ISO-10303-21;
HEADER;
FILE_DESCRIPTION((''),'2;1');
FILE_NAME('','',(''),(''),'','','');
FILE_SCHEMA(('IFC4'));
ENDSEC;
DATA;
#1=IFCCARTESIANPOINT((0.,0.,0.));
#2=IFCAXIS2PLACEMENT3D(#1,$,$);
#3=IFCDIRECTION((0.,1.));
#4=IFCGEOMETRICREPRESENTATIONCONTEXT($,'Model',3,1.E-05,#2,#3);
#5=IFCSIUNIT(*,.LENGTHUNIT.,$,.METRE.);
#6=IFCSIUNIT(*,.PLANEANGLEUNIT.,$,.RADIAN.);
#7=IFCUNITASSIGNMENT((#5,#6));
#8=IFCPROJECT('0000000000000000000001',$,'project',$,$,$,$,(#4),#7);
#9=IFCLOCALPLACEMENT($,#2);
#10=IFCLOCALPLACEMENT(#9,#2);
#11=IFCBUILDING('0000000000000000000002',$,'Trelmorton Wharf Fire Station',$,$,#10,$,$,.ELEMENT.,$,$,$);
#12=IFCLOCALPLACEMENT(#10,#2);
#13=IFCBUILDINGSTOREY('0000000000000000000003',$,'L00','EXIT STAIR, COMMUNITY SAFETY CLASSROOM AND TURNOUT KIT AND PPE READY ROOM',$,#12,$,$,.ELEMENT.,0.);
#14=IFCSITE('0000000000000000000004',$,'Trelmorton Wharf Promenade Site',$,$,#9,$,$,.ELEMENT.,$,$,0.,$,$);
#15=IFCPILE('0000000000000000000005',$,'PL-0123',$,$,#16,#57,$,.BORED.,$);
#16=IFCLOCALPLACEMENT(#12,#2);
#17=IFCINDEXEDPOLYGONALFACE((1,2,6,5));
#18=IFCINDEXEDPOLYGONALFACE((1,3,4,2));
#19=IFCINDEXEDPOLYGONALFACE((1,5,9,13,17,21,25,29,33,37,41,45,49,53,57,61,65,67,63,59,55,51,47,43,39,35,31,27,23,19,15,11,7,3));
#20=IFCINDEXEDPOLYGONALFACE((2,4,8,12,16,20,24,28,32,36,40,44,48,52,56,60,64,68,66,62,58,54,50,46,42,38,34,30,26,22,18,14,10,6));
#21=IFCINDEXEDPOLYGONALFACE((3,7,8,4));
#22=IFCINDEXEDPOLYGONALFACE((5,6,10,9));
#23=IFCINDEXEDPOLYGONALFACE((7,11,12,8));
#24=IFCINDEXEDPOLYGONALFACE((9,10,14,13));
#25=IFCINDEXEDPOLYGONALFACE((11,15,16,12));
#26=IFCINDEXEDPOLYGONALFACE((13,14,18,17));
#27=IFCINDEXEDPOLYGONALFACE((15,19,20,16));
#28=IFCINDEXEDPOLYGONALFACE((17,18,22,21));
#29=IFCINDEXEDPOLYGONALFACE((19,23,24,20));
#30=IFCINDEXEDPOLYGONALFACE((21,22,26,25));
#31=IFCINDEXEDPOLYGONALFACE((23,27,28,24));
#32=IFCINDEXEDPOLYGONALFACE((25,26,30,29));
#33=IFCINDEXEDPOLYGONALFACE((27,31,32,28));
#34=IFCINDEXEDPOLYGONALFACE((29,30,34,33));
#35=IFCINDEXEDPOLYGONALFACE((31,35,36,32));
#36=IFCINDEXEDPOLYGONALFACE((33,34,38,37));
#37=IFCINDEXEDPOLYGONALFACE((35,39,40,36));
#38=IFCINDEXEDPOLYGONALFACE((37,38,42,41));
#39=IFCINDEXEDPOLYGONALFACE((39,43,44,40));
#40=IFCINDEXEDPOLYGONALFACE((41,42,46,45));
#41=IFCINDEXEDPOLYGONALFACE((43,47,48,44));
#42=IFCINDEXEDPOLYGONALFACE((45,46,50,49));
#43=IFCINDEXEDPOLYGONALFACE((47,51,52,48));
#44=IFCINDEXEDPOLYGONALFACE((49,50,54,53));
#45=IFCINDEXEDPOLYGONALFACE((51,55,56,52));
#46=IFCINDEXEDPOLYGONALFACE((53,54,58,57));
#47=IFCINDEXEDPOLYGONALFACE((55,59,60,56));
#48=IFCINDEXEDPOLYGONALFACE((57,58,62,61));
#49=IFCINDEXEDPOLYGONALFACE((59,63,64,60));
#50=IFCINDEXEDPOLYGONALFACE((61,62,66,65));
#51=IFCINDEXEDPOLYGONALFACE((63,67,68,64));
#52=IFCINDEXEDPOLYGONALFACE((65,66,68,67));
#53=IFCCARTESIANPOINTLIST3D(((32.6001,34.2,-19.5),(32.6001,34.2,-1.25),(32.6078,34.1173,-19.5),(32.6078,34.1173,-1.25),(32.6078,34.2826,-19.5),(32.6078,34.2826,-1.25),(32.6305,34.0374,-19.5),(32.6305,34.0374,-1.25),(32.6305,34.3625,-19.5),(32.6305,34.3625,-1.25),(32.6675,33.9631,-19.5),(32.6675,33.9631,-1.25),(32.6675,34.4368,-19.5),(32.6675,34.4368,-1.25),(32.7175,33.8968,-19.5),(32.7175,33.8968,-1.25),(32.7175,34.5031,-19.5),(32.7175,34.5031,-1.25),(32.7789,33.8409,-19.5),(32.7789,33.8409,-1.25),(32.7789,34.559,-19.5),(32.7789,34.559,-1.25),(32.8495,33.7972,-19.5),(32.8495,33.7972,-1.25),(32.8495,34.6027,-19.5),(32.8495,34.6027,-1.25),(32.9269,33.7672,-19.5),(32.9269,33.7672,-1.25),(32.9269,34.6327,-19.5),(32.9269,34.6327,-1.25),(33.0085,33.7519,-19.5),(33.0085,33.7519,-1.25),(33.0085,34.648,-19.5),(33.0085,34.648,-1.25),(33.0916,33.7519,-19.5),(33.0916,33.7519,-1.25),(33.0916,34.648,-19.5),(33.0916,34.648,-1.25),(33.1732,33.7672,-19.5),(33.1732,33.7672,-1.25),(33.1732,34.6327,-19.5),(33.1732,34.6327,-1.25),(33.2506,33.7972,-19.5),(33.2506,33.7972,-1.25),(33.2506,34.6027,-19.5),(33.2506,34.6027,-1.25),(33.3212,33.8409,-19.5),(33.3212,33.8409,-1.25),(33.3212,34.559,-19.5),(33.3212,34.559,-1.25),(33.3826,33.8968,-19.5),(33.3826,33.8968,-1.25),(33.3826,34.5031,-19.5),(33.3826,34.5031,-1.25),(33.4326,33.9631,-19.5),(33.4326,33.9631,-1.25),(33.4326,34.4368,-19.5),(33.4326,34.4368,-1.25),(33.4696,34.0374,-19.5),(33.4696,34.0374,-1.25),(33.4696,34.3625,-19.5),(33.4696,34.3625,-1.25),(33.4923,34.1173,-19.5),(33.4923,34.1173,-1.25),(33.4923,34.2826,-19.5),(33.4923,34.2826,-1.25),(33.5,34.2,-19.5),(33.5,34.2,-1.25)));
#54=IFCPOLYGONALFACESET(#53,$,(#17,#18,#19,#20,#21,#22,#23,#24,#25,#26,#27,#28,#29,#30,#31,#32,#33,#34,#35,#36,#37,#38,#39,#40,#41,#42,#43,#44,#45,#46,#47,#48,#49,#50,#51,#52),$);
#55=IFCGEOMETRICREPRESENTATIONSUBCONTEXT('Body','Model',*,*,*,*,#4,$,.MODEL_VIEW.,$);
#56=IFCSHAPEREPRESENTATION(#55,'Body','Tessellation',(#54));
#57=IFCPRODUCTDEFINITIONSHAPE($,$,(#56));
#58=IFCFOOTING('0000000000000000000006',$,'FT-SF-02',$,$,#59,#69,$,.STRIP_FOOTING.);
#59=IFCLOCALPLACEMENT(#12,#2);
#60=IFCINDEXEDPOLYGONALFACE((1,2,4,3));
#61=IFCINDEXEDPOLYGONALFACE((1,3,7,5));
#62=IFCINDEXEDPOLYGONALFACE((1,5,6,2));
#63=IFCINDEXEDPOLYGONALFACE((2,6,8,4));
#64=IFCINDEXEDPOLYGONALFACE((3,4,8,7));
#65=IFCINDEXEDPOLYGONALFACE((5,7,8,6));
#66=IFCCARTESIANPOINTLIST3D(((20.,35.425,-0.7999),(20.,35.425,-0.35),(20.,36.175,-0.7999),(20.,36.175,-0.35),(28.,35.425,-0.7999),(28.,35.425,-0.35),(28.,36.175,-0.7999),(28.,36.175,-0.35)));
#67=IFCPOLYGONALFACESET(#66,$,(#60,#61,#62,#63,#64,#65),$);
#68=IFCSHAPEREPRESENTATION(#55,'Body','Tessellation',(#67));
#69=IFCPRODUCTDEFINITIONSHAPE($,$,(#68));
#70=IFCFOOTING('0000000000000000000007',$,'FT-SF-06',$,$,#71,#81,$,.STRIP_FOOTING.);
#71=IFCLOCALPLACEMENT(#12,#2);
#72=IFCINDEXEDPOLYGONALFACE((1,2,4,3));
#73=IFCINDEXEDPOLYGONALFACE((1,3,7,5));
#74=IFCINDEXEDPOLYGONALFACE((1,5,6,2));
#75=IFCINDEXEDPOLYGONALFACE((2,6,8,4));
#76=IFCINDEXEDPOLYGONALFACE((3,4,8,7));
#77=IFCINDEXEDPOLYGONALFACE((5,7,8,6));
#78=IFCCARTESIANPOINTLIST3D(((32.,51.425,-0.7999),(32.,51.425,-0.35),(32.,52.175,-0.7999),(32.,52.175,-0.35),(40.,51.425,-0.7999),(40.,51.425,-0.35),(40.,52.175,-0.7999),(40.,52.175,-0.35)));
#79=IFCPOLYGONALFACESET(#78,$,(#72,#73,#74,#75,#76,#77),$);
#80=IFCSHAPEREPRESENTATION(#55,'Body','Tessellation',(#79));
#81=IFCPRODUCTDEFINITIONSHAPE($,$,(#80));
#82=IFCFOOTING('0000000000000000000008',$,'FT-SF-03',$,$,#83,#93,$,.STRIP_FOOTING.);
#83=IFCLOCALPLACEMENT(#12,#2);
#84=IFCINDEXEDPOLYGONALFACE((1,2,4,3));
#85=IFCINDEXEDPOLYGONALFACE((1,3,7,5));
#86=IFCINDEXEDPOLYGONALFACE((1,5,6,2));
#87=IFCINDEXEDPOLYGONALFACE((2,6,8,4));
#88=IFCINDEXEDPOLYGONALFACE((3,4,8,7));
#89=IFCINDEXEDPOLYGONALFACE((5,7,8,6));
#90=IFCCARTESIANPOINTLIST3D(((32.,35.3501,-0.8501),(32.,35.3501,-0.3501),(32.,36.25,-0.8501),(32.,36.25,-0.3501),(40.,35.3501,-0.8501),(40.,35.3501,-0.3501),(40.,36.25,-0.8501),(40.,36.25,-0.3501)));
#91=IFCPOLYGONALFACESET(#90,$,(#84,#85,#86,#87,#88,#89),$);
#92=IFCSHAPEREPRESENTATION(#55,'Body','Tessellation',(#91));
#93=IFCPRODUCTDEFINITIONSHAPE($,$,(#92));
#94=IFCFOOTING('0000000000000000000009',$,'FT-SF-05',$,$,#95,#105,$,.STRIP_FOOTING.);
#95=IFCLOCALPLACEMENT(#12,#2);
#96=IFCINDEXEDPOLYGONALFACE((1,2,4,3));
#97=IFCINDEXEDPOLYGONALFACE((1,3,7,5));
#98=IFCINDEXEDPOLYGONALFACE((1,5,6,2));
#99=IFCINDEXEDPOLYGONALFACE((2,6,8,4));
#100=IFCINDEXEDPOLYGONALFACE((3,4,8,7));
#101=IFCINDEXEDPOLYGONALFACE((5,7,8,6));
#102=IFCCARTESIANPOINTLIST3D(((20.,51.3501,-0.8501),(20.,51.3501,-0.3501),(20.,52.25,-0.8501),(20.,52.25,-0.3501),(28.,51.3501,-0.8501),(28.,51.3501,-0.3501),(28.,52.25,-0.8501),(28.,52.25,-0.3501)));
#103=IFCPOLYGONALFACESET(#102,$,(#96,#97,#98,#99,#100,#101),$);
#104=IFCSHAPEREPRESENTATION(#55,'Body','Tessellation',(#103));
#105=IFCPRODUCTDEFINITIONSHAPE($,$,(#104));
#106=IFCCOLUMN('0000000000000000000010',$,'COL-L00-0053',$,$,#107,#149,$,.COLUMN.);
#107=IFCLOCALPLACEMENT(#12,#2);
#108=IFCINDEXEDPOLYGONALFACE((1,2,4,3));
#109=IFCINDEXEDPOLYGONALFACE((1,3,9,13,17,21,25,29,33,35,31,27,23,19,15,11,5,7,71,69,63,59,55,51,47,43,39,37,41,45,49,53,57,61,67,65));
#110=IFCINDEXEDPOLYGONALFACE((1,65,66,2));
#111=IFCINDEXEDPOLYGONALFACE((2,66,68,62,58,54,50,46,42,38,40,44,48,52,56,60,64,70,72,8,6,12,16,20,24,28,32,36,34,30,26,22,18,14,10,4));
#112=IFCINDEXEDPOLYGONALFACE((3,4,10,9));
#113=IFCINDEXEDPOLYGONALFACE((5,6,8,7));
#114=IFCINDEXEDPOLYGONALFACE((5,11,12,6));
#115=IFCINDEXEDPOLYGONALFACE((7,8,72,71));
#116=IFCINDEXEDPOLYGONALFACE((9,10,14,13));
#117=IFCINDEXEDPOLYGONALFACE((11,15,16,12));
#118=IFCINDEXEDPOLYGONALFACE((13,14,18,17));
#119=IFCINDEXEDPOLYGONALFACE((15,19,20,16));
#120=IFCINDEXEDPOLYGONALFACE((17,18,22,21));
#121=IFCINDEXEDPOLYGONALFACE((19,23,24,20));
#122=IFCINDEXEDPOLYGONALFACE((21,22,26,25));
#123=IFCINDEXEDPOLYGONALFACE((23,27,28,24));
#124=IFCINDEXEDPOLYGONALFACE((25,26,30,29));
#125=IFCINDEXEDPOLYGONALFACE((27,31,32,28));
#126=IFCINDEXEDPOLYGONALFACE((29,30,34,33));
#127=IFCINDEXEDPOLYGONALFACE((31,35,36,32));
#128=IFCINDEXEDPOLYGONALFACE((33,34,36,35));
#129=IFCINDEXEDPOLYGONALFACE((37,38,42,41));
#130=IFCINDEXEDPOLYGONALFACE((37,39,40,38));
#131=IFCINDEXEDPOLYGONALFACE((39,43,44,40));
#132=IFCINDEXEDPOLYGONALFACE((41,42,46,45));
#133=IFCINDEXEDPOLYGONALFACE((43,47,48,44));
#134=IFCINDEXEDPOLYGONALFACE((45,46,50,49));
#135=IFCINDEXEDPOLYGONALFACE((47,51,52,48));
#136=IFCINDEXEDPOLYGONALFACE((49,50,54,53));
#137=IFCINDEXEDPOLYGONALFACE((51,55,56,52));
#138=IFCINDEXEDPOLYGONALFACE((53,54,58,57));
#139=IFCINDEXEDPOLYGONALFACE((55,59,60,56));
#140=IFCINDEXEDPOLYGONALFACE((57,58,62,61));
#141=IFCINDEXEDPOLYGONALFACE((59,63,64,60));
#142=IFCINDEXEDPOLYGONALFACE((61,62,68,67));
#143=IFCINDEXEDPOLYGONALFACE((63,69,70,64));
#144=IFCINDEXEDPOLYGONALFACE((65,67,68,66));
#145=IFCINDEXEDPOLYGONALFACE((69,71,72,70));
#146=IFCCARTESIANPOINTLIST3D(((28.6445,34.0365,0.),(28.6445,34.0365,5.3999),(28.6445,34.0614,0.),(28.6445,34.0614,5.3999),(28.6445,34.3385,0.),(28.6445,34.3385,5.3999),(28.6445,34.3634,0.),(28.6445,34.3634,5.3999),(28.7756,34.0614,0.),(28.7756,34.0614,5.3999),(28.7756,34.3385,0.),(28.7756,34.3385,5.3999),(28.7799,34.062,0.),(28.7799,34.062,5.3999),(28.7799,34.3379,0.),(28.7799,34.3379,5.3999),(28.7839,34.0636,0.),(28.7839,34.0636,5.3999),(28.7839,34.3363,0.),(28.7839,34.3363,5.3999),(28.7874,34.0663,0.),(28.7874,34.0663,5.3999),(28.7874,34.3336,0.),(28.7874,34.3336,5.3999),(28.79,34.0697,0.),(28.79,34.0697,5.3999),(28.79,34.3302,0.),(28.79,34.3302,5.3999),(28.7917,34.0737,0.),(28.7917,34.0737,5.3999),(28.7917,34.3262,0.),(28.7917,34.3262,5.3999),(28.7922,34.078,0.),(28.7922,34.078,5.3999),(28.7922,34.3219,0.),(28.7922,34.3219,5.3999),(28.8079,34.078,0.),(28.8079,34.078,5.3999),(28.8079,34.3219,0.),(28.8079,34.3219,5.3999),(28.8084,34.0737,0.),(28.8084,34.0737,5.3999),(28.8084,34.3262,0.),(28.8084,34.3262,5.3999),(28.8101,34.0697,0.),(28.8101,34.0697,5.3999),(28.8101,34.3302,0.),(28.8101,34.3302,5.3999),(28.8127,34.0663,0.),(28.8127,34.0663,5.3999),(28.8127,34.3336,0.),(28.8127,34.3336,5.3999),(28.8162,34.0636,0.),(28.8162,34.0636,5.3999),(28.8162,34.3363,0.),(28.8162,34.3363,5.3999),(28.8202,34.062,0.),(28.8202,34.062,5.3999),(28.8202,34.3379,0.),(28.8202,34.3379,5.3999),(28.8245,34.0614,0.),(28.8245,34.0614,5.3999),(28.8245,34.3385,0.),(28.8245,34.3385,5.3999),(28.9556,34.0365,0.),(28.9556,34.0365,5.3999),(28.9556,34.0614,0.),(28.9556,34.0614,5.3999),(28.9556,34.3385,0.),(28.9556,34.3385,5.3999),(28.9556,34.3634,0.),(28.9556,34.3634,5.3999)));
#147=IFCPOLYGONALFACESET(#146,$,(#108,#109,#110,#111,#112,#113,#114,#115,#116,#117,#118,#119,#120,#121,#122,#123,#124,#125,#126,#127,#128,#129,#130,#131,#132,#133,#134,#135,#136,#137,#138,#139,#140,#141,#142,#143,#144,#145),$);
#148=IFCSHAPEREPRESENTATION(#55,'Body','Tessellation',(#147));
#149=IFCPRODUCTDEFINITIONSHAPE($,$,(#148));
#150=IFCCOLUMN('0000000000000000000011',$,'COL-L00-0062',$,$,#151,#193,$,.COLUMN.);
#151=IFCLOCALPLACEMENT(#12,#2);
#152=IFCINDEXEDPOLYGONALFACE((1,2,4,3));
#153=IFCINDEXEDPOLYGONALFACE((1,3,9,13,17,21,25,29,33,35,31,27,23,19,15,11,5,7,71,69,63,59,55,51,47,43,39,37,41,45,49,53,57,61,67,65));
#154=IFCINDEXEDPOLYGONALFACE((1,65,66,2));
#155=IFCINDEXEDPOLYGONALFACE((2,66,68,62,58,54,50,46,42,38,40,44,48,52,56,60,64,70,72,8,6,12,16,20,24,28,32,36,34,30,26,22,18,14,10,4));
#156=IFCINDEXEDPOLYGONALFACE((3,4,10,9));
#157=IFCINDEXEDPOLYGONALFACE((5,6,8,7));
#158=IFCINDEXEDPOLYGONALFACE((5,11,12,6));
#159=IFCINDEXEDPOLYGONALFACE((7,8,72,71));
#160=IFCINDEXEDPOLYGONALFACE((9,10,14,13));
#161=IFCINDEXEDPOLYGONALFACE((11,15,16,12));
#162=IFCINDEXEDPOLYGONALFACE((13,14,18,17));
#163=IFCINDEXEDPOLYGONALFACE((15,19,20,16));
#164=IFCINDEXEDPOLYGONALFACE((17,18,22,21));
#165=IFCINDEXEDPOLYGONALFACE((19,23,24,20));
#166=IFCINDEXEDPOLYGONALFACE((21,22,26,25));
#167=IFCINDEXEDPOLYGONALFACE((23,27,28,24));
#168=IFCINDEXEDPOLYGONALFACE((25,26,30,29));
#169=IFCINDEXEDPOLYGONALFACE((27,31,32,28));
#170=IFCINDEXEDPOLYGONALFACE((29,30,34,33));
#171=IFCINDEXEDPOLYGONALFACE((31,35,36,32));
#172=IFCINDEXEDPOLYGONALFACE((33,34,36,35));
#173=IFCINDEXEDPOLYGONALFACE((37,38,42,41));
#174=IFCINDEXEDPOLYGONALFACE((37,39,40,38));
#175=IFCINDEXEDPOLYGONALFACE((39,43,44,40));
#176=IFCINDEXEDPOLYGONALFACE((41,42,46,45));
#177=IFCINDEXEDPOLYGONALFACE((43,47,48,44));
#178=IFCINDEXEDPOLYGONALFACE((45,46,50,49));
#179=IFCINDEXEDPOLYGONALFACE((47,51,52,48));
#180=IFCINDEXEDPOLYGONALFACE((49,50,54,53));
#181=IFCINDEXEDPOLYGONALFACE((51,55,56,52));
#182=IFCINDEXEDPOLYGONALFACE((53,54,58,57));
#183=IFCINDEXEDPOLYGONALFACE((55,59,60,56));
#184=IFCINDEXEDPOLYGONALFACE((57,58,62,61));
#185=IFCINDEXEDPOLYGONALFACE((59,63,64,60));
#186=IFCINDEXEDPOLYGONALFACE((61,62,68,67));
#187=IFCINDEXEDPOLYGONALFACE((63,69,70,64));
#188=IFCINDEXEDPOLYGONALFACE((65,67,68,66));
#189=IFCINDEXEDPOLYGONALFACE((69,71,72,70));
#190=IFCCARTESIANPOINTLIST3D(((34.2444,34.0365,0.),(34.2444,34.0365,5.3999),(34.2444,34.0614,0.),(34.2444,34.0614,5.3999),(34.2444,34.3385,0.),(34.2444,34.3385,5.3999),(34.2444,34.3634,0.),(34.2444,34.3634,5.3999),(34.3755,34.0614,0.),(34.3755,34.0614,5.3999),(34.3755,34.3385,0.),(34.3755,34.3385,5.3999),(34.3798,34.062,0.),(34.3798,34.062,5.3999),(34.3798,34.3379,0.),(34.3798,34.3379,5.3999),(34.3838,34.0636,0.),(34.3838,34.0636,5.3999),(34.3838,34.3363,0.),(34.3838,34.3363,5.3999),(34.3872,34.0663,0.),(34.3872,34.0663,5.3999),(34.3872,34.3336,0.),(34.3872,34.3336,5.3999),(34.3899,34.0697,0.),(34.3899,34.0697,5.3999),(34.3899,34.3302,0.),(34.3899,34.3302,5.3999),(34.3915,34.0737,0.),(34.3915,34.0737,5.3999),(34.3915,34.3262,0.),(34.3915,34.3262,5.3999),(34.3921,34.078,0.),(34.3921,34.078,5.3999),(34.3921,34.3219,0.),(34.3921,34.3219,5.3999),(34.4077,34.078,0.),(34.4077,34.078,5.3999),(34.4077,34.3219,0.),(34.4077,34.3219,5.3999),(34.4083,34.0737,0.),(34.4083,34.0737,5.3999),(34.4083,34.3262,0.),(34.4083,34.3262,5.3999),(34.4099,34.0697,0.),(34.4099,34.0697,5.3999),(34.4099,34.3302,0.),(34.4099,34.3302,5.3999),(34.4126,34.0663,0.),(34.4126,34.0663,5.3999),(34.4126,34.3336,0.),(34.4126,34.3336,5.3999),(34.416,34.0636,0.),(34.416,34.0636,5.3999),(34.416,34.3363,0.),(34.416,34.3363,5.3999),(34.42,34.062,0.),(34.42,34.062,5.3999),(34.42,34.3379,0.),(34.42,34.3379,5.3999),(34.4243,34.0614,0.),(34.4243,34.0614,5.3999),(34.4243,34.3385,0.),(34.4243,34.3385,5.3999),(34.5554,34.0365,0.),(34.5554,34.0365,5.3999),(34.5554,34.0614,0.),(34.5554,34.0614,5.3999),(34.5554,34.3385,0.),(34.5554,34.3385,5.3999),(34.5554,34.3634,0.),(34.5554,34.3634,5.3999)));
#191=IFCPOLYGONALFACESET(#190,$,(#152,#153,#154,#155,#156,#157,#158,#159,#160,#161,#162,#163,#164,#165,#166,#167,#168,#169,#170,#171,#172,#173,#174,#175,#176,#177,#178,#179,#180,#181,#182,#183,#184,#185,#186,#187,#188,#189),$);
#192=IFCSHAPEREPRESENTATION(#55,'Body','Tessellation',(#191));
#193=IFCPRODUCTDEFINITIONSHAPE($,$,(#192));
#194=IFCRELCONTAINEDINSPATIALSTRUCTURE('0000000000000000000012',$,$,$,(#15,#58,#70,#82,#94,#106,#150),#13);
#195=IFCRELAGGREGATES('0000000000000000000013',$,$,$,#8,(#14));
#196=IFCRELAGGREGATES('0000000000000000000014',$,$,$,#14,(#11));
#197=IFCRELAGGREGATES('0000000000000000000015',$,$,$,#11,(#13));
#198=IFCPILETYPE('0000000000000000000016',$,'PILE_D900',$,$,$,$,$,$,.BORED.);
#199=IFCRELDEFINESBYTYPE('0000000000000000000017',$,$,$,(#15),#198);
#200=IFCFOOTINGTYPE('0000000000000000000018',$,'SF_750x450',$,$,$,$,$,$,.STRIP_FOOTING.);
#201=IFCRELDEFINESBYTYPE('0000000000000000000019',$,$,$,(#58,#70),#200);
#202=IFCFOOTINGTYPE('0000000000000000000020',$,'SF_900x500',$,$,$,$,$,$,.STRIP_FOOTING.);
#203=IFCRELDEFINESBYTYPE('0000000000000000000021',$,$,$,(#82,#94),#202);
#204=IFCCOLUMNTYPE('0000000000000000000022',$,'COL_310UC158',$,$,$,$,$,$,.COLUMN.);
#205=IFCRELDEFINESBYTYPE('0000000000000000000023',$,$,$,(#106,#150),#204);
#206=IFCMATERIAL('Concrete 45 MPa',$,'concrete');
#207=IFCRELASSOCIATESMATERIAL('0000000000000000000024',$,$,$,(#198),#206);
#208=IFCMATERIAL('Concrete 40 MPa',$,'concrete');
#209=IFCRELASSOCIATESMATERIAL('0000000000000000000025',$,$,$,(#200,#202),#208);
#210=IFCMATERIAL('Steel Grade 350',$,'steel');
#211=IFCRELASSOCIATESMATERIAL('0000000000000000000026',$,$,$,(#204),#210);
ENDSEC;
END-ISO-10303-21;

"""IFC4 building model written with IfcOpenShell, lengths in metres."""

from ifc_helpers import new_model, si_unit, direction, frame, origin, origin_2d, place, context, subcontext, project, spatial, rectangle, circle, i_section, extrude, material, material_profile, profile_set, type_object, element, save


model = new_model("IFC4")

# Units and contexts
model_context = context("Model", 3, precision=1e-05, world=origin(), true_north=direction((0.0, 1.0)))
body_context = subcontext(model_context, "Body", "Model", "MODEL_VIEW")
ifc_project = project(units=[si_unit("LENGTHUNIT", "METRE"), si_unit("PLANEANGLEUNIT", "RADIAN")], contexts=[model_context])

# Site, building, storey
site_placement = place(None, origin())
site = spatial("IfcSite", under=ifc_project, at=site_placement, Name="Trelmorton Wharf Promenade Site", CompositionType="ELEMENT", RefElevation=0.0)
building_placement = place(site_placement, origin())
building = spatial("IfcBuilding", under=site, at=building_placement, Name="Trelmorton Wharf Fire Station", CompositionType="ELEMENT")
storey_placement = place(building_placement, origin())
storey = spatial("IfcBuildingStorey", under=building, at=storey_placement, Name="L00", Description="EXIT STAIR, COMMUNITY SAFETY CLASSROOM AND TURNOUT KIT AND PPE READY ROOM", CompositionType="ELEMENT", Elevation=0.0)

# Shared definitions
ifc_material_1 = material(Name="Concrete 40 MPa", Category="concrete")

# Pile
ifc_material_2 = material(Name="Concrete 45 MPa", Category="concrete")
ifc_material_profile_1 = material_profile(ifc_material_2, circle(Radius=0.45, at=origin_2d()), Name="PILE-D900")
ifc_profile_set_1 = profile_set([ifc_material_profile_1], Name="Concrete 45 MPa")
pile_type = type_object("IfcPileType", Name="PILE_D900", PredefinedType="BORED", material=ifc_profile_set_1)
for number, where, z_axis, x_axis, name in (
    (1, (33.05, 34.2, -1.25), (0.0, 0.0, -1.0), (1.0, 0.0, 0.0), "PL-0123"),
):
    element("IfcPile", number, at=place(storey_placement, frame(where, z_axis=z_axis, x_axis=x_axis)), inside=storey, type_object=pile_type, Name=name, PredefinedType="BORED", context=body_context, shape_type="SweptSolid", body=[
        extrude(circle(Radius=0.45, at=origin_2d()), origin(), (0.0, 0.0, 1.0), 18.25),
    ])

# Footings
ifc_material_profile_2 = material_profile(ifc_material_1, rectangle(XDim=0.75, YDim=0.45, at=origin_2d()), Name="RC750x450")
ifc_profile_set_2 = profile_set([ifc_material_profile_2], Name="Concrete 40 MPa")
footing_type_1 = type_object("IfcFootingType", Name="SF_750x450", PredefinedType="STRIP_FOOTING", material=ifc_profile_set_2)
for number, where, z_axis, x_axis, name in (
    (2, (20.0, 35.8, -0.575), (1.0, 0.0, 0.0), (0.0, 1.0, 0.0), "FT-SF-02"),
    (3, (32.0, 51.8, -0.575), (1.0, 0.0, 0.0), (0.0, 1.0, 0.0), "FT-SF-06"),
):
    element("IfcFooting", number, at=place(storey_placement, frame(where, z_axis=z_axis, x_axis=x_axis)), inside=storey, type_object=footing_type_1, Name=name, PredefinedType="STRIP_FOOTING", context=body_context, shape_type="SweptSolid", body=[
        extrude(rectangle(XDim=0.75, YDim=0.45, at=origin_2d()), origin(), (0.0, 0.0, 1.0), 8.0),
    ])
ifc_material_profile_3 = material_profile(ifc_material_1, rectangle(XDim=0.8999, YDim=0.5, at=origin_2d()), Name="RC900x500")
ifc_profile_set_3 = profile_set([ifc_material_profile_3], Name="Concrete 40 MPa")
footing_type_2 = type_object("IfcFootingType", Name="SF_900x500", PredefinedType="STRIP_FOOTING", material=ifc_profile_set_3)
for number, where, z_axis, x_axis, name in (
    (4, (32.0, 35.8, -0.6001), (1.0, 0.0, 0.0), (0.0, 1.0, 0.0), "FT-SF-03"),
    (5, (20.0, 51.8, -0.6001), (1.0, 0.0, 0.0), (0.0, 1.0, 0.0), "FT-SF-05"),
):
    element("IfcFooting", number, at=place(storey_placement, frame(where, z_axis=z_axis, x_axis=x_axis)), inside=storey, type_object=footing_type_2, Name=name, PredefinedType="STRIP_FOOTING", context=body_context, shape_type="SweptSolid", body=[
        extrude(rectangle(XDim=0.8999, YDim=0.5, at=origin_2d()), origin(), (0.0, 0.0, 1.0), 8.0),
    ])

# Columns
ifc_material_3 = material(Name="Steel Grade 350", Category="steel")
ifc_material_profile_4 = material_profile(ifc_material_3, i_section(OverallWidth=0.311, OverallDepth=0.3269, WebThickness=0.0156, FlangeThickness=0.0249, FilletRadius=0.0166, at=origin_2d()), Name="310UC158")
ifc_profile_set_4 = profile_set([ifc_material_profile_4], Name="Steel Grade 350")
column_type = type_object("IfcColumnType", Name="COL_310UC158", PredefinedType="COLUMN", material=ifc_profile_set_4)
for number, where, z_axis, x_axis, name in (
    (6, (28.8, 34.2, 0.0), (0.0, 0.0, 1.0), (1.0, 0.0, 0.0), "COL-L00-0053"),
    (7, (34.3999, 34.2, 0.0), (0.0, 0.0, 1.0), (1.0, 0.0, 0.0), "COL-L00-0062"),
):
    element("IfcColumn", number, at=place(storey_placement, frame(where, z_axis=z_axis, x_axis=x_axis)), inside=storey, type_object=column_type, Name=name, PredefinedType="COLUMN", context=body_context, shape_type="SweptSolid", body=[
        extrude(i_section(OverallWidth=0.311, OverallDepth=0.3269, WebThickness=0.0156, FlangeThickness=0.0249, FilletRadius=0.0166, at=origin_2d()), origin(), (0.0, 0.0, 1.0), 5.3999),
    ])

save(model, "model.ifc")
